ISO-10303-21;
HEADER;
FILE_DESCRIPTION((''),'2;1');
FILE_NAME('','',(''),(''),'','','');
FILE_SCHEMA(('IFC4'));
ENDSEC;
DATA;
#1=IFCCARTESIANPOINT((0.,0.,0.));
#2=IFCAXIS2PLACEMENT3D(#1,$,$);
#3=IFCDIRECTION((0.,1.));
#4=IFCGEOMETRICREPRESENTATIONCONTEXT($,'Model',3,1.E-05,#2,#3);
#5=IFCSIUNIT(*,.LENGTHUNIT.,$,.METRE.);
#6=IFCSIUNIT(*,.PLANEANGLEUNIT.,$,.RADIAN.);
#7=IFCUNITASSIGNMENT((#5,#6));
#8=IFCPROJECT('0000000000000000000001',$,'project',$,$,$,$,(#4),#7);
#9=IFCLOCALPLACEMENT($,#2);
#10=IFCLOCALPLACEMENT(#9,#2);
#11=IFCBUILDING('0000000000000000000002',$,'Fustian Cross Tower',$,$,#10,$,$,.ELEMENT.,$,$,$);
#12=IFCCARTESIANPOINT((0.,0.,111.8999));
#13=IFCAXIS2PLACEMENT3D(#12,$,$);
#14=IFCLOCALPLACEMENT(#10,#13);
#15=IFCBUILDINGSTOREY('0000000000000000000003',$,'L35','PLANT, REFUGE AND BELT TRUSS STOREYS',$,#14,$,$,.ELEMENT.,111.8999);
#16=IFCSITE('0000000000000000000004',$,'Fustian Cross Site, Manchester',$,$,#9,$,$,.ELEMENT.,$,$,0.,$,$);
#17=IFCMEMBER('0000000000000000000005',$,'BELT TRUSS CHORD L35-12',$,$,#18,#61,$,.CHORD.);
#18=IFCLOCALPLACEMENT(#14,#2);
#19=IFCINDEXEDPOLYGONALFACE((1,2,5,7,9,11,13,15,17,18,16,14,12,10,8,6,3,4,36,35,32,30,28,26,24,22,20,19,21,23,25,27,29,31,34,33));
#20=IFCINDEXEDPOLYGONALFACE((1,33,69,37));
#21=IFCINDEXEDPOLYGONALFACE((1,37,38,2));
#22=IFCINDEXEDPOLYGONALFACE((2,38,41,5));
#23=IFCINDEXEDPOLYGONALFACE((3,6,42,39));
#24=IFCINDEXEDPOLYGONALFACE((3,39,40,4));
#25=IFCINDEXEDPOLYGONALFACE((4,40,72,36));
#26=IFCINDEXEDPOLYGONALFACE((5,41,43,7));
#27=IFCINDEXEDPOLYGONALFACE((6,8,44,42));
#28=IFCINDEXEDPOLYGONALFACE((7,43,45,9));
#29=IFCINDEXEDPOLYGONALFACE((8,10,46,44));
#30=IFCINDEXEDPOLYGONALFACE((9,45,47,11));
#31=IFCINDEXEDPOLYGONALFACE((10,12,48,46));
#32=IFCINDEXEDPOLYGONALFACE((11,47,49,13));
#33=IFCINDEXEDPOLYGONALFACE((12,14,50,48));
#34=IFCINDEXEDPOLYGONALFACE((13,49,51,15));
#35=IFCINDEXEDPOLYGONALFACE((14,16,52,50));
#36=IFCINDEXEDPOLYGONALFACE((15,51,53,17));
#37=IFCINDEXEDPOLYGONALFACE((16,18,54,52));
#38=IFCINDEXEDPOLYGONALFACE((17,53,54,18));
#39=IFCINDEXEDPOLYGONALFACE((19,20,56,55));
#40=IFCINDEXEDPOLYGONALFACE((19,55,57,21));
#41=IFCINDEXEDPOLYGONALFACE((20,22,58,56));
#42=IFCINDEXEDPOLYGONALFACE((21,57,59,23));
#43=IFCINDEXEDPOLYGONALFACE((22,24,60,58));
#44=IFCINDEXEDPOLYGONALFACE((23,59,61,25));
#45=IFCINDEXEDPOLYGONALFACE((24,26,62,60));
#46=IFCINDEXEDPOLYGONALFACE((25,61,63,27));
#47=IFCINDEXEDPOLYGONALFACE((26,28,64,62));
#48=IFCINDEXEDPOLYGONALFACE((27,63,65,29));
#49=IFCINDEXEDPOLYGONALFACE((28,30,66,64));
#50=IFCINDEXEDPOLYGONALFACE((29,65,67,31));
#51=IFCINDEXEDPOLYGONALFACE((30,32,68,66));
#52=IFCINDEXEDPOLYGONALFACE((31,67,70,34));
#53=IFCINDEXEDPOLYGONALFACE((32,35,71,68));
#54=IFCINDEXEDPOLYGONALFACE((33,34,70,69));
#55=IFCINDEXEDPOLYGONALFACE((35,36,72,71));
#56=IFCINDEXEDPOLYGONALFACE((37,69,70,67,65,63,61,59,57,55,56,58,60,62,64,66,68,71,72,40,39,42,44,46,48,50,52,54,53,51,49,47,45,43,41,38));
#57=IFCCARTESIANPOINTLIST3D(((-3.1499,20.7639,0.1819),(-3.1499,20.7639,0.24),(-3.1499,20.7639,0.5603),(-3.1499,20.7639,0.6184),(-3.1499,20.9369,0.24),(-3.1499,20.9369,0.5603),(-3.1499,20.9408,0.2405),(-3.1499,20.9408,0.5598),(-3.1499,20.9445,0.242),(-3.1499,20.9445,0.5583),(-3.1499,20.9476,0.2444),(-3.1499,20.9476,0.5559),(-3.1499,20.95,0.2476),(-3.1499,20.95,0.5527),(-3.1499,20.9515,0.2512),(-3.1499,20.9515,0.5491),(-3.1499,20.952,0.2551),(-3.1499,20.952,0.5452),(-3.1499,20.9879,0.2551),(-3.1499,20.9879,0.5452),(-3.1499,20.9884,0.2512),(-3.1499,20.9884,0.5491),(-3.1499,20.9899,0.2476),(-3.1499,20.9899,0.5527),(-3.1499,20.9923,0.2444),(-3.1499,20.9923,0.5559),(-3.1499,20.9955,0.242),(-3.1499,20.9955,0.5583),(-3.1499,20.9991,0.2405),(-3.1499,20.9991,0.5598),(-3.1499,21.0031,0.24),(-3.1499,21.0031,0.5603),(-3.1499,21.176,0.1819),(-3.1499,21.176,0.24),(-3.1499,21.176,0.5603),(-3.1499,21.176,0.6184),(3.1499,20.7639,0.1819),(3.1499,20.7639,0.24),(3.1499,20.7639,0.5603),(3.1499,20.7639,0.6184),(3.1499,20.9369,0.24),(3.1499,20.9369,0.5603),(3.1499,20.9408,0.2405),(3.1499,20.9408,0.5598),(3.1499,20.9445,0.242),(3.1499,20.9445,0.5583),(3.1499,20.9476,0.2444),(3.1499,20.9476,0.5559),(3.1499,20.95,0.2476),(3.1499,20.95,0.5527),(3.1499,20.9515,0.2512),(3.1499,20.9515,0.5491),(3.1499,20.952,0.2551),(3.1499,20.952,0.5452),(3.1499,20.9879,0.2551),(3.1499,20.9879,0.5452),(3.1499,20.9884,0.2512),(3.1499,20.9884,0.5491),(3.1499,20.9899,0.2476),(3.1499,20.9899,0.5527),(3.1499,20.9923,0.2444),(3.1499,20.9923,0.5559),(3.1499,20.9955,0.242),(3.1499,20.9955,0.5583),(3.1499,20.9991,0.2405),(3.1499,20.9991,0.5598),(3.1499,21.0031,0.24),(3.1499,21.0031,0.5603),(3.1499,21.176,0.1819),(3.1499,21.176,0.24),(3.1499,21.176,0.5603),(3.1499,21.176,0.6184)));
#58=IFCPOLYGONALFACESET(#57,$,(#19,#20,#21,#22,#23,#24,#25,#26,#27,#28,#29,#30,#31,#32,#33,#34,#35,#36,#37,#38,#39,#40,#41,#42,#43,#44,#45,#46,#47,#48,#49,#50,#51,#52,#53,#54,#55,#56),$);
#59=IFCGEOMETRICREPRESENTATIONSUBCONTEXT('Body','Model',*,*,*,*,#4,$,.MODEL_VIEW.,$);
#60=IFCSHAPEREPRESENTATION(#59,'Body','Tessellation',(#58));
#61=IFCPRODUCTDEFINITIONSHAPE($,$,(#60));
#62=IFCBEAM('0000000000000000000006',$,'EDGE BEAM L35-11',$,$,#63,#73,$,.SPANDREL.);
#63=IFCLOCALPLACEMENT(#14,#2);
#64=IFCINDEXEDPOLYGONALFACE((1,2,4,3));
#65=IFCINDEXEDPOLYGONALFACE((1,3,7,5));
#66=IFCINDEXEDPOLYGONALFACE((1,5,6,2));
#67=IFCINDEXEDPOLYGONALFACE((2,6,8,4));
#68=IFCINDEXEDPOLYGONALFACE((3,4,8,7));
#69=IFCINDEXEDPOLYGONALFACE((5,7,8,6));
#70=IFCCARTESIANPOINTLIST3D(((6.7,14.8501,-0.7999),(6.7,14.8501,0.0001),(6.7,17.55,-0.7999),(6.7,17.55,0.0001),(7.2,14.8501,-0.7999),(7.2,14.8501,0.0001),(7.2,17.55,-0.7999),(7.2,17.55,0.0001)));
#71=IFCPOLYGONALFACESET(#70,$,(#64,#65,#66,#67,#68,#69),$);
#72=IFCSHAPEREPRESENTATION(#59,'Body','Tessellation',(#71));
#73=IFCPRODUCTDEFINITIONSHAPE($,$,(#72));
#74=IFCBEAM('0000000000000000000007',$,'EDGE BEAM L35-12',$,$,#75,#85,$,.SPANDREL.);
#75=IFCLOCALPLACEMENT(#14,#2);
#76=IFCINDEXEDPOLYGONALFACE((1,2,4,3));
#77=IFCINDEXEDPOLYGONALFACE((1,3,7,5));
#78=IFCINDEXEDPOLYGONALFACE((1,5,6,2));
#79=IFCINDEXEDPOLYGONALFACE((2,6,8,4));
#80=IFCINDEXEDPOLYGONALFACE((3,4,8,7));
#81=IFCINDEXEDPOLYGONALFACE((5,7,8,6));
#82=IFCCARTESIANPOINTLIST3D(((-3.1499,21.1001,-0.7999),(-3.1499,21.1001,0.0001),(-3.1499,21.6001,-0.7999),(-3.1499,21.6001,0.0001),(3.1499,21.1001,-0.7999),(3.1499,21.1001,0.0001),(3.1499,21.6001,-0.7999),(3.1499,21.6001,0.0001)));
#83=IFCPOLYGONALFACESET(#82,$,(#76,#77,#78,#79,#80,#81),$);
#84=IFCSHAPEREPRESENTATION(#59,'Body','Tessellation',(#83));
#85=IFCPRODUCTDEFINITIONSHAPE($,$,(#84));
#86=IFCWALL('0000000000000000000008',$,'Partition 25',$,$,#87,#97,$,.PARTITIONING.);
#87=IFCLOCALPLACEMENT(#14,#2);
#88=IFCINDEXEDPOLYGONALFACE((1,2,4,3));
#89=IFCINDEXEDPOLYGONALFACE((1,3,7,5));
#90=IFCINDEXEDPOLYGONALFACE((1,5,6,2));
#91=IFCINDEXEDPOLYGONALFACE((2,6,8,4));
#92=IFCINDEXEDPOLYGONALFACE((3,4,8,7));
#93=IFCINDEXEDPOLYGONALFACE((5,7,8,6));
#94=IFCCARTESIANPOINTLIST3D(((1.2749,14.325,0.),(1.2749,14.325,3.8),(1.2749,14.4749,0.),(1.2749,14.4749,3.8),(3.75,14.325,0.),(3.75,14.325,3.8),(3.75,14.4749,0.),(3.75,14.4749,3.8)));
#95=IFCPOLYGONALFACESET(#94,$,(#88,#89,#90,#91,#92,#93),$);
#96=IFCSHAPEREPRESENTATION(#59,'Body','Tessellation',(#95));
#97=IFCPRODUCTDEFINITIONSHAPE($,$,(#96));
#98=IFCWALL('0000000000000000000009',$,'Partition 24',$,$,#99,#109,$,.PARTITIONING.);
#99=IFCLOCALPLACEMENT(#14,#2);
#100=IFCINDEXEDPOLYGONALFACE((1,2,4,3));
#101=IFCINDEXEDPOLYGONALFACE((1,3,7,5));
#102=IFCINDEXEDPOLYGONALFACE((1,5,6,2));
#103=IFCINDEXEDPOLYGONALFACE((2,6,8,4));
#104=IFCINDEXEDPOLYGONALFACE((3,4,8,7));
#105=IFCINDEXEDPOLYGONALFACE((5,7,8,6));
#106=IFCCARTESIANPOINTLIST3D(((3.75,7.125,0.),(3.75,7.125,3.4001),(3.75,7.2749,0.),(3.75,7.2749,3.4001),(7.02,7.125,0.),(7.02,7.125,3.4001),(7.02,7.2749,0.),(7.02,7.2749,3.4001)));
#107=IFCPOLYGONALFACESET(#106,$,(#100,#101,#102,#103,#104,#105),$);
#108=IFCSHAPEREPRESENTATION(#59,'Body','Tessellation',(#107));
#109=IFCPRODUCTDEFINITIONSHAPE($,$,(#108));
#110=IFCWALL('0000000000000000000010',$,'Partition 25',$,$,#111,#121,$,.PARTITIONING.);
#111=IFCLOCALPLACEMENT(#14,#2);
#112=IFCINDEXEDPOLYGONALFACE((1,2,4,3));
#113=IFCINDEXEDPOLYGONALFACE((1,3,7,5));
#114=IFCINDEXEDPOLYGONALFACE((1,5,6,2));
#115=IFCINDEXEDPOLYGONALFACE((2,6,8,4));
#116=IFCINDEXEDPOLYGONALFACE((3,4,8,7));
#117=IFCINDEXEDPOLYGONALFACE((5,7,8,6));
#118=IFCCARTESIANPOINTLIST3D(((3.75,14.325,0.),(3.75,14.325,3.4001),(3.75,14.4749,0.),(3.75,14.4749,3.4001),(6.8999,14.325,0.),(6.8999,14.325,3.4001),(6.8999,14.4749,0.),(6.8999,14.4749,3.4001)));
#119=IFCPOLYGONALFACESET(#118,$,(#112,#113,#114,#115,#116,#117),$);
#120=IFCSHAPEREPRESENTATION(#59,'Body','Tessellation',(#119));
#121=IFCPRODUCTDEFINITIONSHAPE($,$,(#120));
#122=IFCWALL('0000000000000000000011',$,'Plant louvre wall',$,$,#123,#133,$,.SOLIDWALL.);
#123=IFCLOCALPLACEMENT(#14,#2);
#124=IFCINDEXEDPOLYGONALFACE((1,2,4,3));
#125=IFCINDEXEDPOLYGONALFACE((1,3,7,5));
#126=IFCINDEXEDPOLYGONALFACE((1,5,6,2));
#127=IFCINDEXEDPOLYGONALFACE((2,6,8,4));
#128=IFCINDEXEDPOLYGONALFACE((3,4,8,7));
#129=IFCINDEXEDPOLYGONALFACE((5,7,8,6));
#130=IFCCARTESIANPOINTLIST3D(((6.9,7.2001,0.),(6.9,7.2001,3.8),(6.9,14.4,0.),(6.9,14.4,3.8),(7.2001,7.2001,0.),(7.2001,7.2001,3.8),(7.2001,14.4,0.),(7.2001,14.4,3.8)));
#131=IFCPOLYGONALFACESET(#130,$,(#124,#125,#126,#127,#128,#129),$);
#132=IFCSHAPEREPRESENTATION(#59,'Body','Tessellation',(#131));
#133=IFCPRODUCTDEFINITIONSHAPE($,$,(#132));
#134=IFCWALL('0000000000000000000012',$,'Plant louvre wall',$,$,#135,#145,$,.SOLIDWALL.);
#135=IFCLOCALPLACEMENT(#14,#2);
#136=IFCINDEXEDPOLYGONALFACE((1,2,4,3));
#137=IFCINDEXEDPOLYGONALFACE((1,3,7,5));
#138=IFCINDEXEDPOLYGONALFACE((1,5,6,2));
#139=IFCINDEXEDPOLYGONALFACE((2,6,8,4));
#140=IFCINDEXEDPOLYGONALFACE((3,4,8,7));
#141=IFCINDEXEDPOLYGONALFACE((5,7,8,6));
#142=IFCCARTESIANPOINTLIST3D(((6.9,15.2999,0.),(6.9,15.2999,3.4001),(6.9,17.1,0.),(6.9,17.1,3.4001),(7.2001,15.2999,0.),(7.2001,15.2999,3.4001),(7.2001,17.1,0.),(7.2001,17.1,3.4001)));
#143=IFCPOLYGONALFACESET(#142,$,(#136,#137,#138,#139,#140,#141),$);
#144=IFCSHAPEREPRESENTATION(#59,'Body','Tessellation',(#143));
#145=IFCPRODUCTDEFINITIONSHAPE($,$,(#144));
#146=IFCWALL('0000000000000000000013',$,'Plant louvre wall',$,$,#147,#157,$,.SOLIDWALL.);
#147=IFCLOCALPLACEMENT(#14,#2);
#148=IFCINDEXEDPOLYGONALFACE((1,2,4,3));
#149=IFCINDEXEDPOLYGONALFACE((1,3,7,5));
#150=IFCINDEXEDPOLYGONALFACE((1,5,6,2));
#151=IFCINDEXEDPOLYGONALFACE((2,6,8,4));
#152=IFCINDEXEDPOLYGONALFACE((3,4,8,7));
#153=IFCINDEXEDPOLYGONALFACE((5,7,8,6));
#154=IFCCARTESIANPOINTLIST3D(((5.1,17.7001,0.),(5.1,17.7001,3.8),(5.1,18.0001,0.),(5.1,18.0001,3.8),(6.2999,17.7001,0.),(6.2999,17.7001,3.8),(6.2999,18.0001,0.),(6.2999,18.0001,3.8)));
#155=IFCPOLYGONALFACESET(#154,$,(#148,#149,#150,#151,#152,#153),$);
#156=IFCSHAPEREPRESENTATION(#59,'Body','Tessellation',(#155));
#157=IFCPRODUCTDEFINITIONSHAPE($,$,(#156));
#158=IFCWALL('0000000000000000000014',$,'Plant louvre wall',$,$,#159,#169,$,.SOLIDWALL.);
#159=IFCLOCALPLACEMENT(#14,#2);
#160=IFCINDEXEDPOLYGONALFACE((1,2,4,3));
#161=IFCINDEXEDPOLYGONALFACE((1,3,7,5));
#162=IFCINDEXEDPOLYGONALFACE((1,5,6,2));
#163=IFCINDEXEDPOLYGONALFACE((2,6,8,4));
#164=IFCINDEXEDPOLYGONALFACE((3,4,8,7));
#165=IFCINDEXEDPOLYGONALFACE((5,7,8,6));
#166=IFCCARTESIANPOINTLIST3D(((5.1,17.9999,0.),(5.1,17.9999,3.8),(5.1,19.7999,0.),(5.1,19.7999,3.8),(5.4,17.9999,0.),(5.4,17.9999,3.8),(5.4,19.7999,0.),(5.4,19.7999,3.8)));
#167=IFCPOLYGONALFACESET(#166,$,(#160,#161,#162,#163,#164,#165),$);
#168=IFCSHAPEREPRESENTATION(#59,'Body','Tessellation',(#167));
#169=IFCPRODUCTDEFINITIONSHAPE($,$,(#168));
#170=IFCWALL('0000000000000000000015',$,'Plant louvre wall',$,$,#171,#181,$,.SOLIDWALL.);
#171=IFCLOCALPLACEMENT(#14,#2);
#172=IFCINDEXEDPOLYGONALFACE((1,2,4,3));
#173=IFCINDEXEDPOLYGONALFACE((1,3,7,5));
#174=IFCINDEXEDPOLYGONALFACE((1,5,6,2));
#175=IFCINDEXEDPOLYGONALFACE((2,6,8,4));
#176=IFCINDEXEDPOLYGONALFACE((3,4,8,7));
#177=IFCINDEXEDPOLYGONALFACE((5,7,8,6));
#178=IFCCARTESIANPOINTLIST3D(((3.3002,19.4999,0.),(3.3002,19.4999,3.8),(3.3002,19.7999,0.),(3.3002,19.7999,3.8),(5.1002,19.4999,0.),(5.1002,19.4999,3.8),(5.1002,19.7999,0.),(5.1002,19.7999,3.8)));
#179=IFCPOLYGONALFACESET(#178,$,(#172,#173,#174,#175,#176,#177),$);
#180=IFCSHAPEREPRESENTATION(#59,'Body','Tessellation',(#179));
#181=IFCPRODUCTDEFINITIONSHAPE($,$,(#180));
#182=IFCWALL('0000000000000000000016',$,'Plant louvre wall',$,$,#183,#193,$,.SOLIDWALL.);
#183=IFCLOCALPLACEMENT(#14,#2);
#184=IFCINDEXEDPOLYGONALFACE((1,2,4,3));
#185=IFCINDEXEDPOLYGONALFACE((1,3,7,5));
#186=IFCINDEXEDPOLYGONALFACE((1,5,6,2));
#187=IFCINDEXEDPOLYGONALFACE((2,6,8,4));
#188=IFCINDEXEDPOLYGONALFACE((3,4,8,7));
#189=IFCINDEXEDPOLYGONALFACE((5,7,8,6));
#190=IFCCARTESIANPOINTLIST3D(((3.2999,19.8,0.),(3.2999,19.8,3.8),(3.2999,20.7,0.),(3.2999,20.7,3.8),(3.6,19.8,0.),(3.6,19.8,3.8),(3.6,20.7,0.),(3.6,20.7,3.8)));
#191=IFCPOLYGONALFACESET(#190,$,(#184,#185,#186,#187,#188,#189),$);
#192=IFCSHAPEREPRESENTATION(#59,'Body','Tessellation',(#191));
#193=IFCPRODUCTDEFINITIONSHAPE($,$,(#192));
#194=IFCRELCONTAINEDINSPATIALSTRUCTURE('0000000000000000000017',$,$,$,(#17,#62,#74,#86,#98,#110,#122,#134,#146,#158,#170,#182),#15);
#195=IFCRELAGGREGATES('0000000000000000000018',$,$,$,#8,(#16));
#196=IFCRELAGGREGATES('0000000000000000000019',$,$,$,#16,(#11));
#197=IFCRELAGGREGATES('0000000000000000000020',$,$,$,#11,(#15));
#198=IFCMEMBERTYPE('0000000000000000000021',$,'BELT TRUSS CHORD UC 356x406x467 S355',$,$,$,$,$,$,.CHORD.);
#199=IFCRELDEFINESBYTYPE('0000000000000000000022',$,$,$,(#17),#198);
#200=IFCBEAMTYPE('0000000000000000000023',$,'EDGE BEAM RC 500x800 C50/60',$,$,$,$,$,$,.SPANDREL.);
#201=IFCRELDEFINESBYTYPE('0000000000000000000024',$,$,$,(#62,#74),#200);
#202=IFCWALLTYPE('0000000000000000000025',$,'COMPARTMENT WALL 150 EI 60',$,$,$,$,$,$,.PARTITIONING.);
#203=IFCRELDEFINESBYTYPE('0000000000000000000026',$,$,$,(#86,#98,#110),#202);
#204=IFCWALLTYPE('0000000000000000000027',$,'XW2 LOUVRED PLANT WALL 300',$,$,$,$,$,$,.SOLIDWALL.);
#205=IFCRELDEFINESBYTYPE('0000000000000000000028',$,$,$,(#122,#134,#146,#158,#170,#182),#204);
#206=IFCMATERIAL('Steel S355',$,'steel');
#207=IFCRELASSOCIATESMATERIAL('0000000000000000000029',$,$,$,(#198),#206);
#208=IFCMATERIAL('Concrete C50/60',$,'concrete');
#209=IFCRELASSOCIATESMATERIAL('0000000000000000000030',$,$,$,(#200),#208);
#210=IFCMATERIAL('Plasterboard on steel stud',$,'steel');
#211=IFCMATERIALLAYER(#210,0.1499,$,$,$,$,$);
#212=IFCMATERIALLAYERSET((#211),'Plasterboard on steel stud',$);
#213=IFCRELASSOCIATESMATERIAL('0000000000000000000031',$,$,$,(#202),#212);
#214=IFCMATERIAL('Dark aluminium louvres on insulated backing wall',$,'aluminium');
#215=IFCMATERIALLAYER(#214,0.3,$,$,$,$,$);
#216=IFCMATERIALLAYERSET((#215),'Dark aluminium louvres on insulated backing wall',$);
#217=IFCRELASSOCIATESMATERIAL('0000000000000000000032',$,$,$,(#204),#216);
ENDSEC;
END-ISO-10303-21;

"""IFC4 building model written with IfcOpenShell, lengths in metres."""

from ifc_helpers import new_model, si_unit, direction, frame, frame_2d, origin, origin_2d, place, context, subcontext, project, spatial, rectangle, i_section, extrude, material, layer, layer_set, material_profile, profile_set, type_object, element, save


model = new_model("IFC4")

# Units and contexts
model_context = context("Model", 3, precision=1e-05, world=origin(), true_north=direction((0.0, 1.0)))
body_context = subcontext(model_context, "Body", "Model", "MODEL_VIEW")
ifc_project = project(units=[si_unit("LENGTHUNIT", "METRE"), si_unit("PLANEANGLEUNIT", "RADIAN")], contexts=[model_context])

# Site, building, storey
site_placement = place(None, origin())
site = spatial("IfcSite", under=ifc_project, at=site_placement, Name="Fustian Cross Site, Manchester", CompositionType="ELEMENT", RefElevation=0.0)
building_placement = place(site_placement, origin())
building = spatial("IfcBuilding", under=site, at=building_placement, Name="Fustian Cross Tower", CompositionType="ELEMENT")
storey_placement = place(building_placement, frame((0.0, 0.0, 111.8999)))
storey = spatial("IfcBuildingStorey", under=building, at=storey_placement, Name="L35", Description="PLANT, REFUGE AND BELT TRUSS STOREYS", CompositionType="ELEMENT", Elevation=111.8999)

# Member
ifc_material_1 = material(Name="Steel S355", Category="steel")
ifc_material_profile_1 = material_profile(ifc_material_1, i_section(OverallWidth=0.4121, OverallDepth=0.4365, WebThickness=0.0359, FlangeThickness=0.0581, FilletRadius=0.0151, at=origin_2d()), Name="UC 356x406x467")
ifc_profile_set_1 = profile_set([ifc_material_profile_1], Name="Steel S355")
member_type_1 = type_object("IfcMemberType", Name="BELT TRUSS CHORD UC 356x406x467 S355", PredefinedType="CHORD", material=ifc_profile_set_1)
for number, where, z_axis, x_axis, name in (
    (1, (3.1499, 20.97, 0.4001), (-1.0, 0.0, 0.0), (0.0, -1.0, 0.0), "BELT TRUSS CHORD L35-12"),
):
    element("IfcMember", number, at=place(storey_placement, frame(where, z_axis=z_axis, x_axis=x_axis)), inside=storey, type_object=member_type_1, Name=name, PredefinedType="CHORD", context=body_context, shape_type="SweptSolid", body=[
        extrude(i_section(OverallWidth=0.4121, OverallDepth=0.4365, WebThickness=0.0359, FlangeThickness=0.0581, FilletRadius=0.0151, at=origin_2d()), origin(), (0.0, 0.0, 1.0), 6.2998),
    ])

# Beams
ifc_material_2 = material(Name="Concrete C50/60", Category="concrete")
ifc_material_profile_2 = material_profile(ifc_material_2, rectangle(XDim=0.5, YDim=0.8, at=origin_2d()), Name="RC 500x800")
ifc_profile_set_2 = profile_set([ifc_material_profile_2], Name="Concrete C50/60")
beam_type = type_object("IfcBeamType", Name="EDGE BEAM RC 500x800 C50/60", PredefinedType="SPANDREL", material=ifc_profile_set_2)
beam_1_placement = place(storey_placement, frame((6.95, 14.8501, -0.3999), z_axis=(0.0, 1.0, 0.0), x_axis=(-1.0, 0.0, 0.0)))
element("IfcBeam", 2, at=beam_1_placement, inside=storey, type_object=beam_type, Name="EDGE BEAM L35-11", PredefinedType="SPANDREL", context=body_context, shape_type="SweptSolid", body=[
    extrude(rectangle(XDim=0.5, YDim=0.8, at=origin_2d()), origin(), (0.0, 0.0, 1.0), 2.7),
])
beam_2_placement = place(storey_placement, frame((3.1499, 21.3501, -0.3999), z_axis=(-1.0, 0.0, 0.0), x_axis=(0.0, -1.0, 0.0)))
element("IfcBeam", 3, at=beam_2_placement, inside=storey, type_object=beam_type, Name="EDGE BEAM L35-12", PredefinedType="SPANDREL", context=body_context, shape_type="SweptSolid", body=[
    extrude(rectangle(XDim=0.5, YDim=0.8, at=origin_2d()), origin(), (0.0, 0.0, 1.0), 6.2998),
])

# Walls
ifc_material_3 = material(Name="Plasterboard on steel stud", Category="steel")
ifc_layer_1 = layer(ifc_material_3, 0.1499)
ifc_layer_set_1 = layer_set([ifc_layer_1], Name="Plasterboard on steel stud")
wall_type_1 = type_object("IfcWallType", Name="COMPARTMENT WALL 150 EI 60", PredefinedType="PARTITIONING", material=ifc_layer_set_1)
wall_1_placement = place(storey_placement, frame((1.2749, 14.3999, 0.0), z_axis=(0.0, 0.0, 1.0), x_axis=(1.0, 0.0, 0.0)))
element("IfcWall", 4, at=wall_1_placement, inside=storey, type_object=wall_type_1, Name="Partition 25", PredefinedType="PARTITIONING", context=body_context, shape_type="SweptSolid", body=[
    extrude(rectangle(XDim=2.4751, YDim=0.1499, at=frame_2d((1.2375, 0.0))), origin(), (0.0, 0.0, 1.0), 3.8),
])
wall_2_placement = place(storey_placement, frame((3.75, 7.2, 0.0), z_axis=(0.0, 0.0, 1.0), x_axis=(1.0, 0.0, 0.0)))
element("IfcWall", 5, at=wall_2_placement, inside=storey, type_object=wall_type_1, Name="Partition 24", PredefinedType="PARTITIONING", context=body_context, shape_type="SweptSolid", body=[
    extrude(rectangle(XDim=3.27, YDim=0.1499, at=frame_2d((1.635, 0.0))), origin(), (0.0, 0.0, 1.0), 3.4001),
])
wall_3_placement = place(storey_placement, frame((3.75, 14.3999, 0.0), z_axis=(0.0, 0.0, 1.0), x_axis=(1.0, 0.0, 0.0)))
element("IfcWall", 6, at=wall_3_placement, inside=storey, type_object=wall_type_1, Name="Partition 25", PredefinedType="PARTITIONING", context=body_context, shape_type="SweptSolid", body=[
    extrude(rectangle(XDim=3.1499, YDim=0.1499, at=frame_2d((1.575, 0.0))), origin(), (0.0, 0.0, 1.0), 3.4001),
])
ifc_material_4 = material(Name="Dark aluminium louvres on insulated backing wall", Category="aluminium")
ifc_layer_2 = layer(ifc_material_4, 0.3)
ifc_layer_set_2 = layer_set([ifc_layer_2], Name="Dark aluminium louvres on insulated backing wall")
wall_type_2 = type_object("IfcWallType", Name="XW2 LOUVRED PLANT WALL 300", PredefinedType="SOLIDWALL", material=ifc_layer_set_2)
wall_4_placement = place(storey_placement, frame((7.05, 7.2, 0.0), z_axis=(0.0, 0.0, 1.0), x_axis=(0.0, 1.0, 0.0)))
element("IfcWall", 7, at=wall_4_placement, inside=storey, type_object=wall_type_2, Name="Plant louvre wall", PredefinedType="SOLIDWALL", context=body_context, shape_type="SweptSolid", body=[
    extrude(rectangle(XDim=7.2, YDim=0.3, at=frame_2d((3.6001, 0.0))), origin(), (0.0, 0.0, 1.0), 3.8),
])
wall_5_placement = place(storey_placement, frame((7.05, 15.3, 0.0), z_axis=(0.0, 0.0, 1.0), x_axis=(0.0, 1.0, 0.0)))
element("IfcWall", 8, at=wall_5_placement, inside=storey, type_object=wall_type_2, Name="Plant louvre wall", PredefinedType="SOLIDWALL", context=body_context, shape_type="SweptSolid", body=[
    extrude(rectangle(XDim=1.8, YDim=0.3, at=frame_2d((0.8999, 0.0))), origin(), (0.0, 0.0, 1.0), 3.4001),
])
wall_6_placement = place(storey_placement, frame((6.3, 17.8501, 0.0), z_axis=(0.0, 0.0, 1.0), x_axis=(-1.0, 0.0, 0.0)))
element("IfcWall", 9, at=wall_6_placement, inside=storey, type_object=wall_type_2, Name="Plant louvre wall", PredefinedType="SOLIDWALL", context=body_context, shape_type="SweptSolid", body=[
    extrude(rectangle(XDim=1.2, YDim=0.3, at=frame_2d((0.6001, 0.0))), origin(), (0.0, 0.0, 1.0), 3.8),
])
for number, where, z_axis, x_axis, name in (
    (10, (5.25, 18.0, 0.0), (0.0, 0.0, 1.0), (0.0, 1.0, 0.0), "Plant louvre wall"),
    (11, (5.1001, 19.6499, 0.0), (0.0, 0.0, 1.0), (-1.0, 0.0, 0.0), "Plant louvre wall"),
):
    element("IfcWall", number, at=place(storey_placement, frame(where, z_axis=z_axis, x_axis=x_axis)), inside=storey, type_object=wall_type_2, Name=name, PredefinedType="SOLIDWALL", context=body_context, shape_type="SweptSolid", body=[
        extrude(rectangle(XDim=1.8, YDim=0.3, at=frame_2d((0.8999, 0.0))), origin(), (0.0, 0.0, 1.0), 3.8),
    ])
wall_7_placement = place(storey_placement, frame((3.45, 19.8, 0.0), z_axis=(0.0, 0.0, 1.0), x_axis=(0.0, 1.0, 0.0)))
element("IfcWall", 12, at=wall_7_placement, inside=storey, type_object=wall_type_2, Name="Plant louvre wall", PredefinedType="SOLIDWALL", context=body_context, shape_type="SweptSolid", body=[
    extrude(rectangle(XDim=0.8999, YDim=0.3, at=frame_2d((0.45, 0.0))), origin(), (0.0, 0.0, 1.0), 3.8),
])

save(model, "model.ifc")
